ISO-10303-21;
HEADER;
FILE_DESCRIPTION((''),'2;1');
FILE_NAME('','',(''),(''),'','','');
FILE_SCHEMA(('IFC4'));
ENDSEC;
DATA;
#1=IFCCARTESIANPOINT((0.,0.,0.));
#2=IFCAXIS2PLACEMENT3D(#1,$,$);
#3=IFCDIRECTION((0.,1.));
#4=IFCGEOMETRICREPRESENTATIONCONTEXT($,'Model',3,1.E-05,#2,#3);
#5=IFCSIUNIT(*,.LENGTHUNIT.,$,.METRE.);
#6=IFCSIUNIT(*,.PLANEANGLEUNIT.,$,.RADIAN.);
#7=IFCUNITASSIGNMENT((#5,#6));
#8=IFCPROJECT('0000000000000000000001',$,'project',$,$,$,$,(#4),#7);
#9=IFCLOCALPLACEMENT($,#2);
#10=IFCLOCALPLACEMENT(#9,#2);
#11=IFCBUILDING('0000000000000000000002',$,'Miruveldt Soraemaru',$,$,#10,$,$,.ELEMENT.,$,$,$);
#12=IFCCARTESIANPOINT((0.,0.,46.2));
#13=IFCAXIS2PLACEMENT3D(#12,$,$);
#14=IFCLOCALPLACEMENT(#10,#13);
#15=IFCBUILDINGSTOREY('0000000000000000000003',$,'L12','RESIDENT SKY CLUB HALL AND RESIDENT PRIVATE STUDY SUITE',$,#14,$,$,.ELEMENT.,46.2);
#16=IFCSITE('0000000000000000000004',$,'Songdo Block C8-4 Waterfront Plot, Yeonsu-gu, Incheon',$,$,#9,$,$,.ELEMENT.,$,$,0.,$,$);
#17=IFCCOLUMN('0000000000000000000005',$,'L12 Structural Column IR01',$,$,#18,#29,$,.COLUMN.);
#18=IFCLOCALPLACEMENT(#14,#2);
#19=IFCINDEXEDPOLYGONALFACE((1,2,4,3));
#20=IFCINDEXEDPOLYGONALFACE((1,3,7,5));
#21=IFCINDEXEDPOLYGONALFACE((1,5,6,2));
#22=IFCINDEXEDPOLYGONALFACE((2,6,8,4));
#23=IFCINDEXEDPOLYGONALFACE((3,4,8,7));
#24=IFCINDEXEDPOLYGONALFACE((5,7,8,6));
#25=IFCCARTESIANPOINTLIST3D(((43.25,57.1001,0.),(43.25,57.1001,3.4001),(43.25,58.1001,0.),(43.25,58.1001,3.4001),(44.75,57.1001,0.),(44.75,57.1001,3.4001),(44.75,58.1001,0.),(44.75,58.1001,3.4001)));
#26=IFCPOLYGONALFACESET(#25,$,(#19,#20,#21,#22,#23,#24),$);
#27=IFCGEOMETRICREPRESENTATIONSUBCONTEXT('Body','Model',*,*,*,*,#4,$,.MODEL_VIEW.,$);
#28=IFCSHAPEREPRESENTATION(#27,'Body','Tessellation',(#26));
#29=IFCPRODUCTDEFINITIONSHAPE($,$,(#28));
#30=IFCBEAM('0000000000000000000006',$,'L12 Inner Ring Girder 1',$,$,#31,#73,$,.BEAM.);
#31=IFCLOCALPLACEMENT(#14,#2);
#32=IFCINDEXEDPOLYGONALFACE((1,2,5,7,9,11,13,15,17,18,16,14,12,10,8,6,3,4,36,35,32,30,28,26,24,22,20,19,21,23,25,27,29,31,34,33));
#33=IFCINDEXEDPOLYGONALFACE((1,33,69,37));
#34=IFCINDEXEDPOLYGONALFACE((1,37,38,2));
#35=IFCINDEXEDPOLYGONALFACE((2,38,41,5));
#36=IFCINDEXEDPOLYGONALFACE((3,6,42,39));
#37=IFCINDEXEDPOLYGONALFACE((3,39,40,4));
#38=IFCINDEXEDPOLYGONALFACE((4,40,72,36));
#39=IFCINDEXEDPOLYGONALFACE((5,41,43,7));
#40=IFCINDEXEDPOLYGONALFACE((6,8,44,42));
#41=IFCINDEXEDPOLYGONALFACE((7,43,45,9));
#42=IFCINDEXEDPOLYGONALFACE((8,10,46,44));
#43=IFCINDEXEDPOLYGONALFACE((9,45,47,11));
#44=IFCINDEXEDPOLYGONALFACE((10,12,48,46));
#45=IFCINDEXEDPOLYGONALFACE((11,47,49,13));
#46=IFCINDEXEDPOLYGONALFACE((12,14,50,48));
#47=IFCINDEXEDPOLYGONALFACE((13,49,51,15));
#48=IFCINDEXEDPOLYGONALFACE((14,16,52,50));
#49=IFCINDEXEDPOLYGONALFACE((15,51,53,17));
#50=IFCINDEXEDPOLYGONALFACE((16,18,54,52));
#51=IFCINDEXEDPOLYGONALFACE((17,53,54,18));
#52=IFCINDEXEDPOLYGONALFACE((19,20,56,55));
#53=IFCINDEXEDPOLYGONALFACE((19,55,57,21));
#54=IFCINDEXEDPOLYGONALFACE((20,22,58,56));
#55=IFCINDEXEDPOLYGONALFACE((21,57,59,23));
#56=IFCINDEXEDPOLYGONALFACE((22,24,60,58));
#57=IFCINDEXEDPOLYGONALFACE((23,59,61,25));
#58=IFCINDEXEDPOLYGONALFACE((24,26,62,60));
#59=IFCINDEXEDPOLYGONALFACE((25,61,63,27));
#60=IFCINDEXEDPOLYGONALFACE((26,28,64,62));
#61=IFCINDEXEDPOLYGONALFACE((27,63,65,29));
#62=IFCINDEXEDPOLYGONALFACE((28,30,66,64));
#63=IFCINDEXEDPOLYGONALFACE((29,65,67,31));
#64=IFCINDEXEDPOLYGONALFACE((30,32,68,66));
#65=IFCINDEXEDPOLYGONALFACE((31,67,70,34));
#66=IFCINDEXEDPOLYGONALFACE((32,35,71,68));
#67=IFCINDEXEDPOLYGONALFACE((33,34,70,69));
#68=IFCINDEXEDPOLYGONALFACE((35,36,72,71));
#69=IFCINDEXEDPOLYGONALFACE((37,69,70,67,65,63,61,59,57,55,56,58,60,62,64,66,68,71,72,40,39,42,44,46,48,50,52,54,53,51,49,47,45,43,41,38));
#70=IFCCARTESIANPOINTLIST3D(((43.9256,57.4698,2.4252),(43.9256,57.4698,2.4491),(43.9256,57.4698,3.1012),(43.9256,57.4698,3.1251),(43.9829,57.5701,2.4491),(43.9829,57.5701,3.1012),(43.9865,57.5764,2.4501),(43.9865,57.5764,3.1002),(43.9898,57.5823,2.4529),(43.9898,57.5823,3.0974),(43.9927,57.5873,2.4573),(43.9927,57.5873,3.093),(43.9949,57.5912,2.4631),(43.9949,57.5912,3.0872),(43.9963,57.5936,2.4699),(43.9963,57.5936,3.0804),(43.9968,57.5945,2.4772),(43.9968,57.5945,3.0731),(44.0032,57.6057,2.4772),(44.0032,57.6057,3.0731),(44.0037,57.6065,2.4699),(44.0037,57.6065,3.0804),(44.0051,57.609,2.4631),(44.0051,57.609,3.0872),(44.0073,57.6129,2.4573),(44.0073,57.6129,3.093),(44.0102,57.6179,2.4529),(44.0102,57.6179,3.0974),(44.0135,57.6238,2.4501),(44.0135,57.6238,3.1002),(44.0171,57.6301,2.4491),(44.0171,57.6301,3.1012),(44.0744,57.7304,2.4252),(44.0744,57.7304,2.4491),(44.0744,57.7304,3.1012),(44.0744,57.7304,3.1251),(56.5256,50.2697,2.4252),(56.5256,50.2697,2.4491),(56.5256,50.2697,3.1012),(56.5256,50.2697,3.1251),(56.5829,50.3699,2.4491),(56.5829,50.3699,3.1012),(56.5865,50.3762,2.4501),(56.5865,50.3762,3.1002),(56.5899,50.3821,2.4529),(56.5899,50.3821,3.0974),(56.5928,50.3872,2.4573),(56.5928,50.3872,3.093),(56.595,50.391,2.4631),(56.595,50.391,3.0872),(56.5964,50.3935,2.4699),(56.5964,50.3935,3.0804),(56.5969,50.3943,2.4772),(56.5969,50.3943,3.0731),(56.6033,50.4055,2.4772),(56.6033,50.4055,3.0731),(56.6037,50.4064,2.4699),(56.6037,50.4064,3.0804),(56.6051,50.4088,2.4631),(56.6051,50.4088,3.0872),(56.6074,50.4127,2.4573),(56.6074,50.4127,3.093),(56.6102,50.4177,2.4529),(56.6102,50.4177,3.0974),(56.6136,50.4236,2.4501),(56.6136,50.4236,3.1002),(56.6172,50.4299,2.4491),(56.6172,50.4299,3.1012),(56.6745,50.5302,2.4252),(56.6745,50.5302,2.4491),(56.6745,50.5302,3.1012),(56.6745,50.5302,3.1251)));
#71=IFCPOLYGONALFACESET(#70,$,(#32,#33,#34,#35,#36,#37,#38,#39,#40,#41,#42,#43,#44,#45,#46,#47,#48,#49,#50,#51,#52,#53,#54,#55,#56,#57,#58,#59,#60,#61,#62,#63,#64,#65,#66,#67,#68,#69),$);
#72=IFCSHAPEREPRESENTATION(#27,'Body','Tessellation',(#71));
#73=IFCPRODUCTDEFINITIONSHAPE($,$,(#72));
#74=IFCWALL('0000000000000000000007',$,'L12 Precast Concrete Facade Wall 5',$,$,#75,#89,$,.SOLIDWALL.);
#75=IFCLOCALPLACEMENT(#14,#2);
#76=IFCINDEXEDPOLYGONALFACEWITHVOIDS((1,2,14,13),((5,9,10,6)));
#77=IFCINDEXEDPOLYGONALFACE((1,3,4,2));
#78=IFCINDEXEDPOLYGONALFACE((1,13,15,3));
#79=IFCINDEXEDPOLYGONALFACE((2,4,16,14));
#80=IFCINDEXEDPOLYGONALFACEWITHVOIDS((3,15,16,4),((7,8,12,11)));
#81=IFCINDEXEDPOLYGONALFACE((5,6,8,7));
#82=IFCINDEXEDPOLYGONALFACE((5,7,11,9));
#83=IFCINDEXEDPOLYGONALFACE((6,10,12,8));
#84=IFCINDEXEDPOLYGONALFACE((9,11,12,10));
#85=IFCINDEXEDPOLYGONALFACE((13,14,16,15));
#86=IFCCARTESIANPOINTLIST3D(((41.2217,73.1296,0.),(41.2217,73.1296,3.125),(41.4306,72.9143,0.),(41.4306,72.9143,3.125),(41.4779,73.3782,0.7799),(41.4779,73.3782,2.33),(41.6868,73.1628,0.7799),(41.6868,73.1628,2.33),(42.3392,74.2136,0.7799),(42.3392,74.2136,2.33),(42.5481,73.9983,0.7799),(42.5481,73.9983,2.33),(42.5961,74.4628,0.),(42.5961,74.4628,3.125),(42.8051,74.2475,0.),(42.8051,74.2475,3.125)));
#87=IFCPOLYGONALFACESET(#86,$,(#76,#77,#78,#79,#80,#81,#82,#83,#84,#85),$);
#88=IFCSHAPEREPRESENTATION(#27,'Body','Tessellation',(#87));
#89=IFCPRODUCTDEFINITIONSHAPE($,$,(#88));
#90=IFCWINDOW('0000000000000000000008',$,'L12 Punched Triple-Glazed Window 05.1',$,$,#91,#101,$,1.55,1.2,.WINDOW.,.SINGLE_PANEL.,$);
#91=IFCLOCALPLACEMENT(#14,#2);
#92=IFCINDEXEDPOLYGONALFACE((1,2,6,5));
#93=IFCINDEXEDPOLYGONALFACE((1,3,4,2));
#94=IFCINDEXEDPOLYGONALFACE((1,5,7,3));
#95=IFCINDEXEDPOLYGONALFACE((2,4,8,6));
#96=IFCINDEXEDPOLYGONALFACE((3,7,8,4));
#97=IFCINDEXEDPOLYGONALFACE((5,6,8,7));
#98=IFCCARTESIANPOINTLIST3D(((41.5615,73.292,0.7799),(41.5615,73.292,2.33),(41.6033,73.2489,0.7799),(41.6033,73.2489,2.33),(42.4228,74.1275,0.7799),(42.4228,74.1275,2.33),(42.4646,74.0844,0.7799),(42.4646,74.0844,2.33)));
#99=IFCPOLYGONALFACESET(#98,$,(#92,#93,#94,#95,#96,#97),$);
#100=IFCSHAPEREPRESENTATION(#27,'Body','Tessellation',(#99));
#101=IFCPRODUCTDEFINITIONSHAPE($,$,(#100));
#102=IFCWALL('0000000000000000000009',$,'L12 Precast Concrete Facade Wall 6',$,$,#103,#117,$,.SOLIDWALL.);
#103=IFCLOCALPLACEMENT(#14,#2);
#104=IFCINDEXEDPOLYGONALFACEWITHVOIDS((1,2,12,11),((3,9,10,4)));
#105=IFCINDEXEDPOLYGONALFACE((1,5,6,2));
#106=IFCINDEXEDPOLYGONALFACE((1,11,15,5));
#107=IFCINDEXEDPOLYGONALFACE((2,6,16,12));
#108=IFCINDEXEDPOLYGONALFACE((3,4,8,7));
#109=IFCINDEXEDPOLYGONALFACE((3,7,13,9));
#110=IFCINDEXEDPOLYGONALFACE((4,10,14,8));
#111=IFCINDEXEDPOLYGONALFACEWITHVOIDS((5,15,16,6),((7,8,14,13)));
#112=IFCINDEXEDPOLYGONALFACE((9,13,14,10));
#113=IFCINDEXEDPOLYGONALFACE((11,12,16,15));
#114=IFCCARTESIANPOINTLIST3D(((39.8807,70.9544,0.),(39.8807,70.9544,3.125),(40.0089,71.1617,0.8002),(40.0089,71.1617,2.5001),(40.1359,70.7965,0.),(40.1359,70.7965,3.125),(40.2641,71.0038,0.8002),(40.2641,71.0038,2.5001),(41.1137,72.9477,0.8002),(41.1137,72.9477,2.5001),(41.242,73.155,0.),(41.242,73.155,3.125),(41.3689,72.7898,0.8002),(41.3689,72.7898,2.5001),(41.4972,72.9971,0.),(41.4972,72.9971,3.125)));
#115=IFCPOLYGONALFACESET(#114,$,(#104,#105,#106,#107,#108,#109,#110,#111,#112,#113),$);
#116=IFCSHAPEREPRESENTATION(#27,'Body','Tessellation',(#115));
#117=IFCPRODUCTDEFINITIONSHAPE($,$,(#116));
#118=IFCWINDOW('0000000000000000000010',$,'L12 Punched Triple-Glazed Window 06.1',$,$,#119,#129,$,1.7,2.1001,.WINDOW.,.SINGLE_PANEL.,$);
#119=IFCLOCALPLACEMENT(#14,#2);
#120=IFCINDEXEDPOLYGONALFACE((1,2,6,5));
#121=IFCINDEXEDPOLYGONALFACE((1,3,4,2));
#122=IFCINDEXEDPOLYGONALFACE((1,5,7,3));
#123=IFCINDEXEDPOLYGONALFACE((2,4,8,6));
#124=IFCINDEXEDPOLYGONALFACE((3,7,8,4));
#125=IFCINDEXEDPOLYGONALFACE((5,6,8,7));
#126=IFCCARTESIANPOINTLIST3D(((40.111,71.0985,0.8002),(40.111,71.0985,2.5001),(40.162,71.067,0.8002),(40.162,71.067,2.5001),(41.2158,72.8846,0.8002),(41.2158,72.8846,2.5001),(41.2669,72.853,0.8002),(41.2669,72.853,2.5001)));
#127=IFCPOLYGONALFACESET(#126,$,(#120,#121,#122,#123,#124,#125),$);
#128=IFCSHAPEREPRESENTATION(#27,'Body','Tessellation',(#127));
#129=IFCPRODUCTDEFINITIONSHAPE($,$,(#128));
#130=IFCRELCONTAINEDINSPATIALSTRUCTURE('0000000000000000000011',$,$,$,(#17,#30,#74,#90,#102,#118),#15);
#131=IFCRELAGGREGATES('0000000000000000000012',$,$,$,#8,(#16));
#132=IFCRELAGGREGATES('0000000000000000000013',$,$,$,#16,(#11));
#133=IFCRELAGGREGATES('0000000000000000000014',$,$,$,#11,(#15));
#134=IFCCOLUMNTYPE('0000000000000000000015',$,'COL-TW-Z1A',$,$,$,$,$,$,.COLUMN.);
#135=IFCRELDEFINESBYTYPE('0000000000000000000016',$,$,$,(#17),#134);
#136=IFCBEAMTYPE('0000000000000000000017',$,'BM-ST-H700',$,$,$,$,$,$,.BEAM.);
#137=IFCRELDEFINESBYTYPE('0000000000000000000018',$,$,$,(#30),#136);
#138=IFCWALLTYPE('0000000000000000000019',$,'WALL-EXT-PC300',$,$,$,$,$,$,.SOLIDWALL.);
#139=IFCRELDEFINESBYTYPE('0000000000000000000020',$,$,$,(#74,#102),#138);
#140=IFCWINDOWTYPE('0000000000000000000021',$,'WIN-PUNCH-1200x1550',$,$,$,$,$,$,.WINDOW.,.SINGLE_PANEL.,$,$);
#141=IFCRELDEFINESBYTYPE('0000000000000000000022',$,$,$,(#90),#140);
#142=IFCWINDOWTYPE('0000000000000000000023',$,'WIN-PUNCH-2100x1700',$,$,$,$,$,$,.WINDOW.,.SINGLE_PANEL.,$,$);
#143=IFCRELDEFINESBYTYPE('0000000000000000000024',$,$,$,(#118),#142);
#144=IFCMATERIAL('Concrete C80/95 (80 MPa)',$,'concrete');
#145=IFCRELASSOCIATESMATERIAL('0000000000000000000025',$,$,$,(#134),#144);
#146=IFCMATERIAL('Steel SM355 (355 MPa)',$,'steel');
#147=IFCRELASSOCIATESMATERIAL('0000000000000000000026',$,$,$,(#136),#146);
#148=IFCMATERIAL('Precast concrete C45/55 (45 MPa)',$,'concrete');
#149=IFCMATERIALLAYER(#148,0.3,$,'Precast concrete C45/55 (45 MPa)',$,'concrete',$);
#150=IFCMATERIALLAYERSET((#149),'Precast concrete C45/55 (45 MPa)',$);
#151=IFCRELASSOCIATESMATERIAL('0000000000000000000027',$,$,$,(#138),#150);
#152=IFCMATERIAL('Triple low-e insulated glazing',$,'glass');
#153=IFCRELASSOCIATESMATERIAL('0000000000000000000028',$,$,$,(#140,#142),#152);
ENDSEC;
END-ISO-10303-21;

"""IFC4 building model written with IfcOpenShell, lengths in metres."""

from ifc_helpers import new_model, si_unit, direction, frame, frame_2d, origin, origin_2d, place, context, subcontext, project, spatial, rectangle, i_section, extrude, material, layer, layer_set, material_profile, profile_set, type_object, element, fill, save


model = new_model("IFC4")

# Units and contexts
model_context = context("Model", 3, precision=1e-05, world=origin(), true_north=direction((0.0, 1.0)))
body_context = subcontext(model_context, "Body", "Model", "MODEL_VIEW")
ifc_project = project(units=[si_unit("LENGTHUNIT", "METRE"), si_unit("PLANEANGLEUNIT", "RADIAN")], contexts=[model_context])

# Site, building, storey
site_placement = place(None, origin())
site = spatial("IfcSite", under=ifc_project, at=site_placement, Name="Songdo Block C8-4 Waterfront Plot, Yeonsu-gu, Incheon", CompositionType="ELEMENT", RefElevation=0.0)
building_placement = place(site_placement, origin())
building = spatial("IfcBuilding", under=site, at=building_placement, Name="Miruveldt Soraemaru", CompositionType="ELEMENT")
storey_placement = place(building_placement, frame((0.0, 0.0, 46.2)))
storey = spatial("IfcBuildingStorey", under=building, at=storey_placement, Name="L12", Description="RESIDENT SKY CLUB HALL AND RESIDENT PRIVATE STUDY SUITE", CompositionType="ELEMENT", Elevation=46.2)

# Column
ifc_material_1 = material(Name="Concrete C80/95 (80 MPa)", Category="concrete")
ifc_material_profile_1 = material_profile(ifc_material_1, rectangle(XDim=1.5, YDim=1.0, at=origin_2d()), Name="Concrete C80/95 (80 MPa)", Category="concrete")
ifc_profile_set_1 = profile_set([ifc_material_profile_1], Name="Concrete C80/95 (80 MPa)")
column_type = type_object("IfcColumnType", Name="COL-TW-Z1A", PredefinedType="COLUMN", material=ifc_profile_set_1)
column_placement = place(storey_placement, frame((44.0, 57.6001, 0.0), z_axis=(0.0, 0.0, 1.0), x_axis=(1.0, 0.0, 0.0)))
element("IfcColumn", 1, at=column_placement, inside=storey, type_object=column_type, Name="L12 Structural Column IR01", PredefinedType="COLUMN", context=body_context, shape_type="SweptSolid", body=[
    extrude(rectangle(XDim=1.5, YDim=1.0, at=origin_2d()), origin(), (0.0, 0.0, 1.0), 3.4001),
])

# Beam
ifc_material_2 = material(Name="Steel SM355 (355 MPa)", Category="steel")
ifc_material_profile_2 = material_profile(ifc_material_2, i_section(OverallWidth=0.3, OverallDepth=0.7, WebThickness=0.0129, FlangeThickness=0.0239, FilletRadius=0.0281, at=origin_2d()), Name="Steel SM355 (355 MPa)", Category="steel")
ifc_profile_set_2 = profile_set([ifc_material_profile_2], Name="Steel SM355 (355 MPa)")
beam_type = type_object("IfcBeamType", Name="BM-ST-H700", PredefinedType="BEAM", material=ifc_profile_set_2)
beam_placement = place(storey_placement, frame((44.0, 57.6001, 2.7751), z_axis=(0.868239, -0.496146, 0.0), x_axis=(0.496146, 0.868239, 0.0)))
element("IfcBeam", 2, at=beam_placement, inside=storey, type_object=beam_type, Name="L12 Inner Ring Girder 1", PredefinedType="BEAM", context=body_context, shape_type="SweptSolid", body=[
    extrude(i_section(OverallWidth=0.3, OverallDepth=0.7, WebThickness=0.0129, FlangeThickness=0.0239, FilletRadius=0.0281, at=origin_2d()), origin(), (0.0, 0.0, 1.0), 14.5122),
])

# Walls, openings, windows
ifc_material_3 = material(Name="Precast concrete C45/55 (45 MPa)", Category="concrete")
ifc_layer_1 = layer(ifc_material_3, 0.3, Name="Precast concrete C45/55 (45 MPa)", Category="concrete")
ifc_layer_set_1 = layer_set([ifc_layer_1], Name="Precast concrete C45/55 (45 MPa)")
wall_type_1 = type_object("IfcWallType", Name="WALL-EXT-PC300", PredefinedType="SOLIDWALL", material=ifc_layer_set_1)
wall_1_placement = place(storey_placement, frame((42.7007, 74.3552, 0.0), z_axis=(0.0, 0.0, 1.0), x_axis=(-0.717798, -0.696251, 0.0)))
wall_1 = element("IfcWall", 3, at=wall_1_placement, inside=storey, type_object=wall_type_1, Name="L12 Precast Concrete Facade Wall 5", PredefinedType="SOLIDWALL", context=body_context, shape_type="SweptSolid", body=[
    extrude(rectangle(XDim=1.9148, YDim=0.3, at=frame_2d((0.9575, 0.0))), origin(), (0.0, 0.0, 1.0), 3.125),
])
opening_1_placement = place(wall_1_placement, frame((0.3579, 0.0, 0.78)))
opening_1 = element("IfcOpeningElement", 4, at=opening_1_placement, cuts=wall_1, PredefinedType="OPENING", context=body_context, shape_type="SweptSolid", body=[
    extrude(rectangle(XDim=1.2, YDim=1.55, at=frame_2d((0.6001, 0.7749))), frame((0.0, 0.1602, 0.0), z_axis=(0.0, -1.0, 0.0), x_axis=(1.0, 0.0, 0.0)), (0.0, 0.0, 1.0), 0.3201),
])
ifc_material_4 = material(Name="Triple low-e insulated glazing", Category="glass")
window_type_1 = type_object("IfcWindowType", Name="WIN-PUNCH-1200x1550", PartitioningType="SINGLE_PANEL", PredefinedType="WINDOW", material=ifc_material_4)
window_1_placement = place(opening_1_placement, origin())
window_1 = element("IfcWindow", 5, at=window_1_placement, inside=storey, type_object=window_type_1, Name="L12 Punched Triple-Glazed Window 05.1", OverallHeight=1.55, OverallWidth=1.2, PartitioningType="SINGLE_PANEL", PredefinedType="WINDOW", context=body_context, shape_type="SweptSolid", body=[
    extrude(rectangle(XDim=1.2, YDim=1.55, at=frame_2d((0.6001, 0.7749))), frame((0.0, 0.03, 0.0), z_axis=(0.0, -1.0, 0.0), x_axis=(1.0, 0.0, 0.0)), (0.0, 0.0, 1.0), 0.0601),
])
fill(opening_1, window_1)
wall_2_placement = place(storey_placement, frame((41.3696, 73.0762, 0.0), z_axis=(0.0, 0.0, 1.0), x_axis=(-0.526075, -0.850438, 0.0)))
wall_2 = element("IfcWall", 6, at=wall_2_placement, inside=storey, type_object=wall_type_1, Name="L12 Precast Concrete Facade Wall 6", PredefinedType="SOLIDWALL", context=body_context, shape_type="SweptSolid", body=[
    extrude(rectangle(XDim=2.5876, YDim=0.3, at=frame_2d((1.2939, 0.0))), origin(), (0.0, 0.0, 1.0), 3.125),
])
opening_2_placement = place(wall_2_placement, frame((0.2439, 0.0, 0.8)))
opening_2 = element("IfcOpeningElement", 7, at=opening_2_placement, cuts=wall_2, PredefinedType="OPENING", context=body_context, shape_type="SweptSolid", body=[
    extrude(rectangle(XDim=2.1001, YDim=1.7, at=frame_2d((1.05, 0.8501))), frame((0.0, 0.1602, 0.0), z_axis=(0.0, -1.0, 0.0), x_axis=(1.0, 0.0, 0.0)), (0.0, 0.0, 1.0), 0.3201),
])
window_type_2 = type_object("IfcWindowType", Name="WIN-PUNCH-2100x1700", PartitioningType="SINGLE_PANEL", PredefinedType="WINDOW", material=ifc_material_4)
window_2_placement = place(opening_2_placement, origin())
window_2 = element("IfcWindow", 8, at=window_2_placement, inside=storey, type_object=window_type_2, Name="L12 Punched Triple-Glazed Window 06.1", OverallHeight=1.7, OverallWidth=2.1001, PartitioningType="SINGLE_PANEL", PredefinedType="WINDOW", context=body_context, shape_type="SweptSolid", body=[
    extrude(rectangle(XDim=2.1001, YDim=1.7, at=frame_2d((1.05, 0.8501))), frame((0.0, 0.03, 0.0), z_axis=(0.0, -1.0, 0.0), x_axis=(1.0, 0.0, 0.0)), (0.0, 0.0, 1.0), 0.0601),
])
fill(opening_2, window_2)

save(model, "model.ifc")
